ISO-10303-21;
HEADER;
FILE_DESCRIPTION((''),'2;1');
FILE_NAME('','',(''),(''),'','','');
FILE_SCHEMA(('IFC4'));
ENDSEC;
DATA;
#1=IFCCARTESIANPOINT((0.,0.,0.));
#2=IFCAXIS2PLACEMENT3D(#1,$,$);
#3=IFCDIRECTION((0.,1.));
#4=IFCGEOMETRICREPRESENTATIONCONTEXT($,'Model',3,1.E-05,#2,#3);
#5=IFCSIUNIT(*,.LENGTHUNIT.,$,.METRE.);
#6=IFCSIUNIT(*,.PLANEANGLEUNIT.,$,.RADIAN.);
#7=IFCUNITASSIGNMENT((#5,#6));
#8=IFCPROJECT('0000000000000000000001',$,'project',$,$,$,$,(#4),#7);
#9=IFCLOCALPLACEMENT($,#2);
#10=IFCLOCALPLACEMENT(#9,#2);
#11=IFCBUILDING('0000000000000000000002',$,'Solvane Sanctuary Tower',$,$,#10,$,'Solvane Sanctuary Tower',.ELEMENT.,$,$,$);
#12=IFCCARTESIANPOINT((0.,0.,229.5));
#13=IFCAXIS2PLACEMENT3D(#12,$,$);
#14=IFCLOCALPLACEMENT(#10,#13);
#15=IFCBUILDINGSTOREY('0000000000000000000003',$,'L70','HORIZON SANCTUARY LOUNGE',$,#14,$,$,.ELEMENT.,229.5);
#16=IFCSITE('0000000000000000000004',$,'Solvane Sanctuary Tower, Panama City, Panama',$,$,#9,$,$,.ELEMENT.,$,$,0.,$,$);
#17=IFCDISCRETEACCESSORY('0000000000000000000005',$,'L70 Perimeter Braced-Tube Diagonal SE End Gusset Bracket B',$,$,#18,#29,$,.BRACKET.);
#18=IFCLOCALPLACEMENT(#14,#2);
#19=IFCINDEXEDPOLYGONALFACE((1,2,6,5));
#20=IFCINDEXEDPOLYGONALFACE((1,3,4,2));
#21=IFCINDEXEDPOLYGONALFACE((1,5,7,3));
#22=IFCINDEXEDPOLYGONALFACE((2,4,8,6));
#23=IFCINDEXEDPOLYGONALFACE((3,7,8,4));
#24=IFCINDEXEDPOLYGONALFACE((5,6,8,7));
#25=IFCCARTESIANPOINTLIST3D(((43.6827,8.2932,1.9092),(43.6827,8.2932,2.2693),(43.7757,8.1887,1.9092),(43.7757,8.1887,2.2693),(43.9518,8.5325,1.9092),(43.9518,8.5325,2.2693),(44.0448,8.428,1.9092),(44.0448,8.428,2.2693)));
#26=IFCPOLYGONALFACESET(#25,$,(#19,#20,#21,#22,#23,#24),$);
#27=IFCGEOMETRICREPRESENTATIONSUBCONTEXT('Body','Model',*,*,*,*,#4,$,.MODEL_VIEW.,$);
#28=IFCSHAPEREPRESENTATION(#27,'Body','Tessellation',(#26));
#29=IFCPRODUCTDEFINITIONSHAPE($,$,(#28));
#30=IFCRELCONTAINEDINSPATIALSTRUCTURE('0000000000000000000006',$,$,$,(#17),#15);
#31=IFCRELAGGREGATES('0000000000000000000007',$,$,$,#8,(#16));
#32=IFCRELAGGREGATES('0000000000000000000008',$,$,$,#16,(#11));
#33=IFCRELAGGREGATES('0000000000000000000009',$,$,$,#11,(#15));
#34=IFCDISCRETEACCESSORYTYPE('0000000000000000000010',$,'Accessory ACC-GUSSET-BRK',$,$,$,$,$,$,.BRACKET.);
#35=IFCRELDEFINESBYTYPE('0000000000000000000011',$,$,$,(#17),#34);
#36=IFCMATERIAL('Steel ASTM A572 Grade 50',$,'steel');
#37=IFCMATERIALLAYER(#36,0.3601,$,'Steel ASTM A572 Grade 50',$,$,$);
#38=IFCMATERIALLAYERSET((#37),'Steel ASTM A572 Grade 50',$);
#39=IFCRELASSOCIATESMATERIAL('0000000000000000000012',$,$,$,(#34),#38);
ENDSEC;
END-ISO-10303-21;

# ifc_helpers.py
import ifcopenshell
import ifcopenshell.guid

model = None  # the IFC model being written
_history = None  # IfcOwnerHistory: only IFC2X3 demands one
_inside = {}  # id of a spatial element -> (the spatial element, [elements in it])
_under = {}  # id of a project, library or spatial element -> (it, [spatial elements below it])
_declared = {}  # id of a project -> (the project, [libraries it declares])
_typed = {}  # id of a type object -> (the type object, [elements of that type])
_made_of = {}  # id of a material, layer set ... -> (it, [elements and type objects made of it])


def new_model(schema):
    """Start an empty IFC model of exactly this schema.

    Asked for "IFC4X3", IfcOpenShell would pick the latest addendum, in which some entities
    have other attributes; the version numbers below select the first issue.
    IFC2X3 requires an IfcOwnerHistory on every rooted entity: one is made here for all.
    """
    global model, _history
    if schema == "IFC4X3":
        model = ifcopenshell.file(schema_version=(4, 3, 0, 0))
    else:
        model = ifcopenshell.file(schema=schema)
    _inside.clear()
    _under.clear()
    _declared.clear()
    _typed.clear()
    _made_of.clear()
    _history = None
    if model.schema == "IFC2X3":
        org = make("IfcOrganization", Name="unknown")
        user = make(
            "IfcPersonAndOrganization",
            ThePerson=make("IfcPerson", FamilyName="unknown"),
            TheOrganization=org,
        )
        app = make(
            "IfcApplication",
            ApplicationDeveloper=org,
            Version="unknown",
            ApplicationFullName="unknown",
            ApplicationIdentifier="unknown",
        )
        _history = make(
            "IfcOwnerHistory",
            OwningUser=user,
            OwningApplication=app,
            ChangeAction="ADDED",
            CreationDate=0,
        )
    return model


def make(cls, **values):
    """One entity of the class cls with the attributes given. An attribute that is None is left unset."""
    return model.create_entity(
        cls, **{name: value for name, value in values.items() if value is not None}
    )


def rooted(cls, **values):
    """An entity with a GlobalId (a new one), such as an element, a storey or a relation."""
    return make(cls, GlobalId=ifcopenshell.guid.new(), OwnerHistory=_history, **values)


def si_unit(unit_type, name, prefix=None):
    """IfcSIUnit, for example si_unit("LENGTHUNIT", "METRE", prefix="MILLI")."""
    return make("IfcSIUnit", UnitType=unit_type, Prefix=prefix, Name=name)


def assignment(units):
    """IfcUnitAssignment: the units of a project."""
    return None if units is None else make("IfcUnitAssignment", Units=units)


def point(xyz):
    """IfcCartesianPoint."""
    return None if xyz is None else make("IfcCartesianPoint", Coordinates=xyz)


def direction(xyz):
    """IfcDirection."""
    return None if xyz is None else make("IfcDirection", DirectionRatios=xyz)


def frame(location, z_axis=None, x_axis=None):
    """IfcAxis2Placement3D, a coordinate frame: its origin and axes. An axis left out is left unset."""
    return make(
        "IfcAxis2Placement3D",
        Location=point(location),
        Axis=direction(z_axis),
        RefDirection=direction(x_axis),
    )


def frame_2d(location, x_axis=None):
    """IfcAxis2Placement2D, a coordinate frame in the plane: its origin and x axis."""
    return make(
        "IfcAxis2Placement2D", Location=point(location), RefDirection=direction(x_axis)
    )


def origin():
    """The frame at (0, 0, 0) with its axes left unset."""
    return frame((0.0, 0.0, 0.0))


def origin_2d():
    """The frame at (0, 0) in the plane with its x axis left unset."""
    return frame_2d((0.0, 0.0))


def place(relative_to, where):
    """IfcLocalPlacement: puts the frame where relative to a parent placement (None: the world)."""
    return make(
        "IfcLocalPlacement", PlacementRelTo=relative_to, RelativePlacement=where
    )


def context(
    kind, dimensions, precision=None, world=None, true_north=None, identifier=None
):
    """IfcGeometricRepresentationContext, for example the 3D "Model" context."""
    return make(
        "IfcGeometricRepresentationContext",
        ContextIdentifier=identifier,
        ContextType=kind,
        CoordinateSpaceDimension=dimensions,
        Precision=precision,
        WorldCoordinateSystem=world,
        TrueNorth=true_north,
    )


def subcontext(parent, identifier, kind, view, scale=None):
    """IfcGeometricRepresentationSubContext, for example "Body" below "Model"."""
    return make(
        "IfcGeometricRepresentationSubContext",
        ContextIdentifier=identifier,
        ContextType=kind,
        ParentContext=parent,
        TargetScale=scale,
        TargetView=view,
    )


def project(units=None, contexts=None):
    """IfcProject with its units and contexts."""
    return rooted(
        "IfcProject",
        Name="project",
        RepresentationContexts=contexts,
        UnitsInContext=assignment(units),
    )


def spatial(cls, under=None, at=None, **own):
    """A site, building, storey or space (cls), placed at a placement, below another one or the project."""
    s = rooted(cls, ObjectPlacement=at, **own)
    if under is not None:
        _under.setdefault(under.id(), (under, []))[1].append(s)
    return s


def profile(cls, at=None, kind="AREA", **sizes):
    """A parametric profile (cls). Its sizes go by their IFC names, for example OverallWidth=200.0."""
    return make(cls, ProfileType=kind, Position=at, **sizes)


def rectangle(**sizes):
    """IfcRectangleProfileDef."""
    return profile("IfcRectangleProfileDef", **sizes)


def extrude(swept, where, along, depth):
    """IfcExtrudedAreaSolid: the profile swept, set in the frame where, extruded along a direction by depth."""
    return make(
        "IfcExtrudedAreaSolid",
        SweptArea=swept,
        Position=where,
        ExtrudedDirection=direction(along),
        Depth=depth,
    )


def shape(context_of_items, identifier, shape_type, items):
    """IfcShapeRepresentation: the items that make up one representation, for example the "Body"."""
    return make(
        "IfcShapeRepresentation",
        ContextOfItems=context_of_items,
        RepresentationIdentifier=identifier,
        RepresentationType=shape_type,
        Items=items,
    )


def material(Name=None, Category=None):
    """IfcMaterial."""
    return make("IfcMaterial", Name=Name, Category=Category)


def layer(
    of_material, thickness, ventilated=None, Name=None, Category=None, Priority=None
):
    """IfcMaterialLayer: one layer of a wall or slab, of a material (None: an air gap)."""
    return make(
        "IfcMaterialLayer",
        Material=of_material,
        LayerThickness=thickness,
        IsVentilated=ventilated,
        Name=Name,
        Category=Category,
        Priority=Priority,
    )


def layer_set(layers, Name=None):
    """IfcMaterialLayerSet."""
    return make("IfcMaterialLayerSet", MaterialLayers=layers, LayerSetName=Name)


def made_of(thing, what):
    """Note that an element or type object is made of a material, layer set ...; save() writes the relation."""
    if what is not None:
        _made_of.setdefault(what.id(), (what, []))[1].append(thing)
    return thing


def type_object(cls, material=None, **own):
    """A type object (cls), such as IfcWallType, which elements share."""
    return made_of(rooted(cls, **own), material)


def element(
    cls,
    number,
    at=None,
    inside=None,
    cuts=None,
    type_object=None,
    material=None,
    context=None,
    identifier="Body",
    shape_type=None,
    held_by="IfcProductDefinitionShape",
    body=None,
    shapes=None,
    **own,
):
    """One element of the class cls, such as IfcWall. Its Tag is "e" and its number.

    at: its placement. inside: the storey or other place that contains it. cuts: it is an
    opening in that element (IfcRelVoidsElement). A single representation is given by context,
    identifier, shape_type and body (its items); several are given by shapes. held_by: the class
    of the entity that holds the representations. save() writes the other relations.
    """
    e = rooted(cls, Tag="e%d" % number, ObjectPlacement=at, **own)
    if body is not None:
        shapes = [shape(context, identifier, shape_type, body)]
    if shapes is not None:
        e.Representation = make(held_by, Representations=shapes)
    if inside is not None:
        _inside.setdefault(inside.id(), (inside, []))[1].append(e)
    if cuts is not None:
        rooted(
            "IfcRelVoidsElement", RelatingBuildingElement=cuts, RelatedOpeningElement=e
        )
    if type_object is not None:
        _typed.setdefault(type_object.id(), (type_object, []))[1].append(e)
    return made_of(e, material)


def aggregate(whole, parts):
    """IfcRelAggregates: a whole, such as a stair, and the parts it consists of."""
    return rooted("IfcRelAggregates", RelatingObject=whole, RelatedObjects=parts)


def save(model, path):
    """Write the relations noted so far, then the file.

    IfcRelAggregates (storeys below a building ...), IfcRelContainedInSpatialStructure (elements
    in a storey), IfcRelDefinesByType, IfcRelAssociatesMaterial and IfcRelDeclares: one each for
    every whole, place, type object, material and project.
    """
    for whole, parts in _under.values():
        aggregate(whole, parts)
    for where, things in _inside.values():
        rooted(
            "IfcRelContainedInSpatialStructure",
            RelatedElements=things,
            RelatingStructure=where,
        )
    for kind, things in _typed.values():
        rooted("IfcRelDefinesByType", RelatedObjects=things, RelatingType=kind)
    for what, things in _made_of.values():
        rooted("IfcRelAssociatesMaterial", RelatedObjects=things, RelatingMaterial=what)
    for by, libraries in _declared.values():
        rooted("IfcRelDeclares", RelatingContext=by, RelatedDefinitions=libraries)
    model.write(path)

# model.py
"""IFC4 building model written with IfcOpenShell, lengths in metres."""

from ifc_helpers import new_model, si_unit, direction, frame, origin, origin_2d, place, context, subcontext, project, spatial, rectangle, extrude, material, layer, layer_set, type_object, element, save


model = new_model("IFC4")

# Units and contexts
model_context = context("Model", 3, precision=1e-05, world=origin(), true_north=direction((0.0, 1.0)))
body_context = subcontext(model_context, "Body", "Model", "MODEL_VIEW")
ifc_project = project(units=[si_unit("LENGTHUNIT", "METRE"), si_unit("PLANEANGLEUNIT", "RADIAN")], contexts=[model_context])

# Site, building, storey
site_placement = place(None, origin())
site = spatial("IfcSite", under=ifc_project, at=site_placement, Name="Solvane Sanctuary Tower, Panama City, Panama", CompositionType="ELEMENT", RefElevation=0.0)
building_placement = place(site_placement, origin())
building = spatial("IfcBuilding", under=site, at=building_placement, Name="Solvane Sanctuary Tower", LongName="Solvane Sanctuary Tower", CompositionType="ELEMENT")
storey_placement = place(building_placement, frame((0.0, 0.0, 229.5)))
storey = spatial("IfcBuildingStorey", under=building, at=storey_placement, Name="L70", Description="HORIZON SANCTUARY LOUNGE", CompositionType="ELEMENT", Elevation=229.5)

# Discrete accessory
ifc_material_1 = material(Name="Steel ASTM A572 Grade 50", Category="steel")
ifc_layer_1 = layer(ifc_material_1, 0.3601, Name="Steel ASTM A572 Grade 50")
ifc_layer_set_1 = layer_set([ifc_layer_1], Name="Steel ASTM A572 Grade 50")
discrete_accessory_type = type_object("IfcDiscreteAccessoryType", Name="Accessory ACC-GUSSET-BRK", PredefinedType="BRACKET", material=ifc_layer_set_1)
for number, where, z_axis, x_axis, name in (
    (1, (43.8638, 8.3606, 1.9092), (0.0, 0.0, 1.0), (-0.747218, -0.664579, 0.0), "L70 Perimeter Braced-Tube Diagonal SE End Gusset Bracket B"),
):
    element("IfcDiscreteAccessory", number, at=place(storey_placement, frame(where, z_axis=z_axis, x_axis=x_axis)), inside=storey, type_object=discrete_accessory_type, Name=name, PredefinedType="BRACKET", context=body_context, shape_type="SweptSolid", body=[
        extrude(rectangle(XDim=0.3601, YDim=0.1399, at=origin_2d()), origin(), (0.0, 0.0, 1.0), 0.3601),
    ])

save(model, "model.ifc")
